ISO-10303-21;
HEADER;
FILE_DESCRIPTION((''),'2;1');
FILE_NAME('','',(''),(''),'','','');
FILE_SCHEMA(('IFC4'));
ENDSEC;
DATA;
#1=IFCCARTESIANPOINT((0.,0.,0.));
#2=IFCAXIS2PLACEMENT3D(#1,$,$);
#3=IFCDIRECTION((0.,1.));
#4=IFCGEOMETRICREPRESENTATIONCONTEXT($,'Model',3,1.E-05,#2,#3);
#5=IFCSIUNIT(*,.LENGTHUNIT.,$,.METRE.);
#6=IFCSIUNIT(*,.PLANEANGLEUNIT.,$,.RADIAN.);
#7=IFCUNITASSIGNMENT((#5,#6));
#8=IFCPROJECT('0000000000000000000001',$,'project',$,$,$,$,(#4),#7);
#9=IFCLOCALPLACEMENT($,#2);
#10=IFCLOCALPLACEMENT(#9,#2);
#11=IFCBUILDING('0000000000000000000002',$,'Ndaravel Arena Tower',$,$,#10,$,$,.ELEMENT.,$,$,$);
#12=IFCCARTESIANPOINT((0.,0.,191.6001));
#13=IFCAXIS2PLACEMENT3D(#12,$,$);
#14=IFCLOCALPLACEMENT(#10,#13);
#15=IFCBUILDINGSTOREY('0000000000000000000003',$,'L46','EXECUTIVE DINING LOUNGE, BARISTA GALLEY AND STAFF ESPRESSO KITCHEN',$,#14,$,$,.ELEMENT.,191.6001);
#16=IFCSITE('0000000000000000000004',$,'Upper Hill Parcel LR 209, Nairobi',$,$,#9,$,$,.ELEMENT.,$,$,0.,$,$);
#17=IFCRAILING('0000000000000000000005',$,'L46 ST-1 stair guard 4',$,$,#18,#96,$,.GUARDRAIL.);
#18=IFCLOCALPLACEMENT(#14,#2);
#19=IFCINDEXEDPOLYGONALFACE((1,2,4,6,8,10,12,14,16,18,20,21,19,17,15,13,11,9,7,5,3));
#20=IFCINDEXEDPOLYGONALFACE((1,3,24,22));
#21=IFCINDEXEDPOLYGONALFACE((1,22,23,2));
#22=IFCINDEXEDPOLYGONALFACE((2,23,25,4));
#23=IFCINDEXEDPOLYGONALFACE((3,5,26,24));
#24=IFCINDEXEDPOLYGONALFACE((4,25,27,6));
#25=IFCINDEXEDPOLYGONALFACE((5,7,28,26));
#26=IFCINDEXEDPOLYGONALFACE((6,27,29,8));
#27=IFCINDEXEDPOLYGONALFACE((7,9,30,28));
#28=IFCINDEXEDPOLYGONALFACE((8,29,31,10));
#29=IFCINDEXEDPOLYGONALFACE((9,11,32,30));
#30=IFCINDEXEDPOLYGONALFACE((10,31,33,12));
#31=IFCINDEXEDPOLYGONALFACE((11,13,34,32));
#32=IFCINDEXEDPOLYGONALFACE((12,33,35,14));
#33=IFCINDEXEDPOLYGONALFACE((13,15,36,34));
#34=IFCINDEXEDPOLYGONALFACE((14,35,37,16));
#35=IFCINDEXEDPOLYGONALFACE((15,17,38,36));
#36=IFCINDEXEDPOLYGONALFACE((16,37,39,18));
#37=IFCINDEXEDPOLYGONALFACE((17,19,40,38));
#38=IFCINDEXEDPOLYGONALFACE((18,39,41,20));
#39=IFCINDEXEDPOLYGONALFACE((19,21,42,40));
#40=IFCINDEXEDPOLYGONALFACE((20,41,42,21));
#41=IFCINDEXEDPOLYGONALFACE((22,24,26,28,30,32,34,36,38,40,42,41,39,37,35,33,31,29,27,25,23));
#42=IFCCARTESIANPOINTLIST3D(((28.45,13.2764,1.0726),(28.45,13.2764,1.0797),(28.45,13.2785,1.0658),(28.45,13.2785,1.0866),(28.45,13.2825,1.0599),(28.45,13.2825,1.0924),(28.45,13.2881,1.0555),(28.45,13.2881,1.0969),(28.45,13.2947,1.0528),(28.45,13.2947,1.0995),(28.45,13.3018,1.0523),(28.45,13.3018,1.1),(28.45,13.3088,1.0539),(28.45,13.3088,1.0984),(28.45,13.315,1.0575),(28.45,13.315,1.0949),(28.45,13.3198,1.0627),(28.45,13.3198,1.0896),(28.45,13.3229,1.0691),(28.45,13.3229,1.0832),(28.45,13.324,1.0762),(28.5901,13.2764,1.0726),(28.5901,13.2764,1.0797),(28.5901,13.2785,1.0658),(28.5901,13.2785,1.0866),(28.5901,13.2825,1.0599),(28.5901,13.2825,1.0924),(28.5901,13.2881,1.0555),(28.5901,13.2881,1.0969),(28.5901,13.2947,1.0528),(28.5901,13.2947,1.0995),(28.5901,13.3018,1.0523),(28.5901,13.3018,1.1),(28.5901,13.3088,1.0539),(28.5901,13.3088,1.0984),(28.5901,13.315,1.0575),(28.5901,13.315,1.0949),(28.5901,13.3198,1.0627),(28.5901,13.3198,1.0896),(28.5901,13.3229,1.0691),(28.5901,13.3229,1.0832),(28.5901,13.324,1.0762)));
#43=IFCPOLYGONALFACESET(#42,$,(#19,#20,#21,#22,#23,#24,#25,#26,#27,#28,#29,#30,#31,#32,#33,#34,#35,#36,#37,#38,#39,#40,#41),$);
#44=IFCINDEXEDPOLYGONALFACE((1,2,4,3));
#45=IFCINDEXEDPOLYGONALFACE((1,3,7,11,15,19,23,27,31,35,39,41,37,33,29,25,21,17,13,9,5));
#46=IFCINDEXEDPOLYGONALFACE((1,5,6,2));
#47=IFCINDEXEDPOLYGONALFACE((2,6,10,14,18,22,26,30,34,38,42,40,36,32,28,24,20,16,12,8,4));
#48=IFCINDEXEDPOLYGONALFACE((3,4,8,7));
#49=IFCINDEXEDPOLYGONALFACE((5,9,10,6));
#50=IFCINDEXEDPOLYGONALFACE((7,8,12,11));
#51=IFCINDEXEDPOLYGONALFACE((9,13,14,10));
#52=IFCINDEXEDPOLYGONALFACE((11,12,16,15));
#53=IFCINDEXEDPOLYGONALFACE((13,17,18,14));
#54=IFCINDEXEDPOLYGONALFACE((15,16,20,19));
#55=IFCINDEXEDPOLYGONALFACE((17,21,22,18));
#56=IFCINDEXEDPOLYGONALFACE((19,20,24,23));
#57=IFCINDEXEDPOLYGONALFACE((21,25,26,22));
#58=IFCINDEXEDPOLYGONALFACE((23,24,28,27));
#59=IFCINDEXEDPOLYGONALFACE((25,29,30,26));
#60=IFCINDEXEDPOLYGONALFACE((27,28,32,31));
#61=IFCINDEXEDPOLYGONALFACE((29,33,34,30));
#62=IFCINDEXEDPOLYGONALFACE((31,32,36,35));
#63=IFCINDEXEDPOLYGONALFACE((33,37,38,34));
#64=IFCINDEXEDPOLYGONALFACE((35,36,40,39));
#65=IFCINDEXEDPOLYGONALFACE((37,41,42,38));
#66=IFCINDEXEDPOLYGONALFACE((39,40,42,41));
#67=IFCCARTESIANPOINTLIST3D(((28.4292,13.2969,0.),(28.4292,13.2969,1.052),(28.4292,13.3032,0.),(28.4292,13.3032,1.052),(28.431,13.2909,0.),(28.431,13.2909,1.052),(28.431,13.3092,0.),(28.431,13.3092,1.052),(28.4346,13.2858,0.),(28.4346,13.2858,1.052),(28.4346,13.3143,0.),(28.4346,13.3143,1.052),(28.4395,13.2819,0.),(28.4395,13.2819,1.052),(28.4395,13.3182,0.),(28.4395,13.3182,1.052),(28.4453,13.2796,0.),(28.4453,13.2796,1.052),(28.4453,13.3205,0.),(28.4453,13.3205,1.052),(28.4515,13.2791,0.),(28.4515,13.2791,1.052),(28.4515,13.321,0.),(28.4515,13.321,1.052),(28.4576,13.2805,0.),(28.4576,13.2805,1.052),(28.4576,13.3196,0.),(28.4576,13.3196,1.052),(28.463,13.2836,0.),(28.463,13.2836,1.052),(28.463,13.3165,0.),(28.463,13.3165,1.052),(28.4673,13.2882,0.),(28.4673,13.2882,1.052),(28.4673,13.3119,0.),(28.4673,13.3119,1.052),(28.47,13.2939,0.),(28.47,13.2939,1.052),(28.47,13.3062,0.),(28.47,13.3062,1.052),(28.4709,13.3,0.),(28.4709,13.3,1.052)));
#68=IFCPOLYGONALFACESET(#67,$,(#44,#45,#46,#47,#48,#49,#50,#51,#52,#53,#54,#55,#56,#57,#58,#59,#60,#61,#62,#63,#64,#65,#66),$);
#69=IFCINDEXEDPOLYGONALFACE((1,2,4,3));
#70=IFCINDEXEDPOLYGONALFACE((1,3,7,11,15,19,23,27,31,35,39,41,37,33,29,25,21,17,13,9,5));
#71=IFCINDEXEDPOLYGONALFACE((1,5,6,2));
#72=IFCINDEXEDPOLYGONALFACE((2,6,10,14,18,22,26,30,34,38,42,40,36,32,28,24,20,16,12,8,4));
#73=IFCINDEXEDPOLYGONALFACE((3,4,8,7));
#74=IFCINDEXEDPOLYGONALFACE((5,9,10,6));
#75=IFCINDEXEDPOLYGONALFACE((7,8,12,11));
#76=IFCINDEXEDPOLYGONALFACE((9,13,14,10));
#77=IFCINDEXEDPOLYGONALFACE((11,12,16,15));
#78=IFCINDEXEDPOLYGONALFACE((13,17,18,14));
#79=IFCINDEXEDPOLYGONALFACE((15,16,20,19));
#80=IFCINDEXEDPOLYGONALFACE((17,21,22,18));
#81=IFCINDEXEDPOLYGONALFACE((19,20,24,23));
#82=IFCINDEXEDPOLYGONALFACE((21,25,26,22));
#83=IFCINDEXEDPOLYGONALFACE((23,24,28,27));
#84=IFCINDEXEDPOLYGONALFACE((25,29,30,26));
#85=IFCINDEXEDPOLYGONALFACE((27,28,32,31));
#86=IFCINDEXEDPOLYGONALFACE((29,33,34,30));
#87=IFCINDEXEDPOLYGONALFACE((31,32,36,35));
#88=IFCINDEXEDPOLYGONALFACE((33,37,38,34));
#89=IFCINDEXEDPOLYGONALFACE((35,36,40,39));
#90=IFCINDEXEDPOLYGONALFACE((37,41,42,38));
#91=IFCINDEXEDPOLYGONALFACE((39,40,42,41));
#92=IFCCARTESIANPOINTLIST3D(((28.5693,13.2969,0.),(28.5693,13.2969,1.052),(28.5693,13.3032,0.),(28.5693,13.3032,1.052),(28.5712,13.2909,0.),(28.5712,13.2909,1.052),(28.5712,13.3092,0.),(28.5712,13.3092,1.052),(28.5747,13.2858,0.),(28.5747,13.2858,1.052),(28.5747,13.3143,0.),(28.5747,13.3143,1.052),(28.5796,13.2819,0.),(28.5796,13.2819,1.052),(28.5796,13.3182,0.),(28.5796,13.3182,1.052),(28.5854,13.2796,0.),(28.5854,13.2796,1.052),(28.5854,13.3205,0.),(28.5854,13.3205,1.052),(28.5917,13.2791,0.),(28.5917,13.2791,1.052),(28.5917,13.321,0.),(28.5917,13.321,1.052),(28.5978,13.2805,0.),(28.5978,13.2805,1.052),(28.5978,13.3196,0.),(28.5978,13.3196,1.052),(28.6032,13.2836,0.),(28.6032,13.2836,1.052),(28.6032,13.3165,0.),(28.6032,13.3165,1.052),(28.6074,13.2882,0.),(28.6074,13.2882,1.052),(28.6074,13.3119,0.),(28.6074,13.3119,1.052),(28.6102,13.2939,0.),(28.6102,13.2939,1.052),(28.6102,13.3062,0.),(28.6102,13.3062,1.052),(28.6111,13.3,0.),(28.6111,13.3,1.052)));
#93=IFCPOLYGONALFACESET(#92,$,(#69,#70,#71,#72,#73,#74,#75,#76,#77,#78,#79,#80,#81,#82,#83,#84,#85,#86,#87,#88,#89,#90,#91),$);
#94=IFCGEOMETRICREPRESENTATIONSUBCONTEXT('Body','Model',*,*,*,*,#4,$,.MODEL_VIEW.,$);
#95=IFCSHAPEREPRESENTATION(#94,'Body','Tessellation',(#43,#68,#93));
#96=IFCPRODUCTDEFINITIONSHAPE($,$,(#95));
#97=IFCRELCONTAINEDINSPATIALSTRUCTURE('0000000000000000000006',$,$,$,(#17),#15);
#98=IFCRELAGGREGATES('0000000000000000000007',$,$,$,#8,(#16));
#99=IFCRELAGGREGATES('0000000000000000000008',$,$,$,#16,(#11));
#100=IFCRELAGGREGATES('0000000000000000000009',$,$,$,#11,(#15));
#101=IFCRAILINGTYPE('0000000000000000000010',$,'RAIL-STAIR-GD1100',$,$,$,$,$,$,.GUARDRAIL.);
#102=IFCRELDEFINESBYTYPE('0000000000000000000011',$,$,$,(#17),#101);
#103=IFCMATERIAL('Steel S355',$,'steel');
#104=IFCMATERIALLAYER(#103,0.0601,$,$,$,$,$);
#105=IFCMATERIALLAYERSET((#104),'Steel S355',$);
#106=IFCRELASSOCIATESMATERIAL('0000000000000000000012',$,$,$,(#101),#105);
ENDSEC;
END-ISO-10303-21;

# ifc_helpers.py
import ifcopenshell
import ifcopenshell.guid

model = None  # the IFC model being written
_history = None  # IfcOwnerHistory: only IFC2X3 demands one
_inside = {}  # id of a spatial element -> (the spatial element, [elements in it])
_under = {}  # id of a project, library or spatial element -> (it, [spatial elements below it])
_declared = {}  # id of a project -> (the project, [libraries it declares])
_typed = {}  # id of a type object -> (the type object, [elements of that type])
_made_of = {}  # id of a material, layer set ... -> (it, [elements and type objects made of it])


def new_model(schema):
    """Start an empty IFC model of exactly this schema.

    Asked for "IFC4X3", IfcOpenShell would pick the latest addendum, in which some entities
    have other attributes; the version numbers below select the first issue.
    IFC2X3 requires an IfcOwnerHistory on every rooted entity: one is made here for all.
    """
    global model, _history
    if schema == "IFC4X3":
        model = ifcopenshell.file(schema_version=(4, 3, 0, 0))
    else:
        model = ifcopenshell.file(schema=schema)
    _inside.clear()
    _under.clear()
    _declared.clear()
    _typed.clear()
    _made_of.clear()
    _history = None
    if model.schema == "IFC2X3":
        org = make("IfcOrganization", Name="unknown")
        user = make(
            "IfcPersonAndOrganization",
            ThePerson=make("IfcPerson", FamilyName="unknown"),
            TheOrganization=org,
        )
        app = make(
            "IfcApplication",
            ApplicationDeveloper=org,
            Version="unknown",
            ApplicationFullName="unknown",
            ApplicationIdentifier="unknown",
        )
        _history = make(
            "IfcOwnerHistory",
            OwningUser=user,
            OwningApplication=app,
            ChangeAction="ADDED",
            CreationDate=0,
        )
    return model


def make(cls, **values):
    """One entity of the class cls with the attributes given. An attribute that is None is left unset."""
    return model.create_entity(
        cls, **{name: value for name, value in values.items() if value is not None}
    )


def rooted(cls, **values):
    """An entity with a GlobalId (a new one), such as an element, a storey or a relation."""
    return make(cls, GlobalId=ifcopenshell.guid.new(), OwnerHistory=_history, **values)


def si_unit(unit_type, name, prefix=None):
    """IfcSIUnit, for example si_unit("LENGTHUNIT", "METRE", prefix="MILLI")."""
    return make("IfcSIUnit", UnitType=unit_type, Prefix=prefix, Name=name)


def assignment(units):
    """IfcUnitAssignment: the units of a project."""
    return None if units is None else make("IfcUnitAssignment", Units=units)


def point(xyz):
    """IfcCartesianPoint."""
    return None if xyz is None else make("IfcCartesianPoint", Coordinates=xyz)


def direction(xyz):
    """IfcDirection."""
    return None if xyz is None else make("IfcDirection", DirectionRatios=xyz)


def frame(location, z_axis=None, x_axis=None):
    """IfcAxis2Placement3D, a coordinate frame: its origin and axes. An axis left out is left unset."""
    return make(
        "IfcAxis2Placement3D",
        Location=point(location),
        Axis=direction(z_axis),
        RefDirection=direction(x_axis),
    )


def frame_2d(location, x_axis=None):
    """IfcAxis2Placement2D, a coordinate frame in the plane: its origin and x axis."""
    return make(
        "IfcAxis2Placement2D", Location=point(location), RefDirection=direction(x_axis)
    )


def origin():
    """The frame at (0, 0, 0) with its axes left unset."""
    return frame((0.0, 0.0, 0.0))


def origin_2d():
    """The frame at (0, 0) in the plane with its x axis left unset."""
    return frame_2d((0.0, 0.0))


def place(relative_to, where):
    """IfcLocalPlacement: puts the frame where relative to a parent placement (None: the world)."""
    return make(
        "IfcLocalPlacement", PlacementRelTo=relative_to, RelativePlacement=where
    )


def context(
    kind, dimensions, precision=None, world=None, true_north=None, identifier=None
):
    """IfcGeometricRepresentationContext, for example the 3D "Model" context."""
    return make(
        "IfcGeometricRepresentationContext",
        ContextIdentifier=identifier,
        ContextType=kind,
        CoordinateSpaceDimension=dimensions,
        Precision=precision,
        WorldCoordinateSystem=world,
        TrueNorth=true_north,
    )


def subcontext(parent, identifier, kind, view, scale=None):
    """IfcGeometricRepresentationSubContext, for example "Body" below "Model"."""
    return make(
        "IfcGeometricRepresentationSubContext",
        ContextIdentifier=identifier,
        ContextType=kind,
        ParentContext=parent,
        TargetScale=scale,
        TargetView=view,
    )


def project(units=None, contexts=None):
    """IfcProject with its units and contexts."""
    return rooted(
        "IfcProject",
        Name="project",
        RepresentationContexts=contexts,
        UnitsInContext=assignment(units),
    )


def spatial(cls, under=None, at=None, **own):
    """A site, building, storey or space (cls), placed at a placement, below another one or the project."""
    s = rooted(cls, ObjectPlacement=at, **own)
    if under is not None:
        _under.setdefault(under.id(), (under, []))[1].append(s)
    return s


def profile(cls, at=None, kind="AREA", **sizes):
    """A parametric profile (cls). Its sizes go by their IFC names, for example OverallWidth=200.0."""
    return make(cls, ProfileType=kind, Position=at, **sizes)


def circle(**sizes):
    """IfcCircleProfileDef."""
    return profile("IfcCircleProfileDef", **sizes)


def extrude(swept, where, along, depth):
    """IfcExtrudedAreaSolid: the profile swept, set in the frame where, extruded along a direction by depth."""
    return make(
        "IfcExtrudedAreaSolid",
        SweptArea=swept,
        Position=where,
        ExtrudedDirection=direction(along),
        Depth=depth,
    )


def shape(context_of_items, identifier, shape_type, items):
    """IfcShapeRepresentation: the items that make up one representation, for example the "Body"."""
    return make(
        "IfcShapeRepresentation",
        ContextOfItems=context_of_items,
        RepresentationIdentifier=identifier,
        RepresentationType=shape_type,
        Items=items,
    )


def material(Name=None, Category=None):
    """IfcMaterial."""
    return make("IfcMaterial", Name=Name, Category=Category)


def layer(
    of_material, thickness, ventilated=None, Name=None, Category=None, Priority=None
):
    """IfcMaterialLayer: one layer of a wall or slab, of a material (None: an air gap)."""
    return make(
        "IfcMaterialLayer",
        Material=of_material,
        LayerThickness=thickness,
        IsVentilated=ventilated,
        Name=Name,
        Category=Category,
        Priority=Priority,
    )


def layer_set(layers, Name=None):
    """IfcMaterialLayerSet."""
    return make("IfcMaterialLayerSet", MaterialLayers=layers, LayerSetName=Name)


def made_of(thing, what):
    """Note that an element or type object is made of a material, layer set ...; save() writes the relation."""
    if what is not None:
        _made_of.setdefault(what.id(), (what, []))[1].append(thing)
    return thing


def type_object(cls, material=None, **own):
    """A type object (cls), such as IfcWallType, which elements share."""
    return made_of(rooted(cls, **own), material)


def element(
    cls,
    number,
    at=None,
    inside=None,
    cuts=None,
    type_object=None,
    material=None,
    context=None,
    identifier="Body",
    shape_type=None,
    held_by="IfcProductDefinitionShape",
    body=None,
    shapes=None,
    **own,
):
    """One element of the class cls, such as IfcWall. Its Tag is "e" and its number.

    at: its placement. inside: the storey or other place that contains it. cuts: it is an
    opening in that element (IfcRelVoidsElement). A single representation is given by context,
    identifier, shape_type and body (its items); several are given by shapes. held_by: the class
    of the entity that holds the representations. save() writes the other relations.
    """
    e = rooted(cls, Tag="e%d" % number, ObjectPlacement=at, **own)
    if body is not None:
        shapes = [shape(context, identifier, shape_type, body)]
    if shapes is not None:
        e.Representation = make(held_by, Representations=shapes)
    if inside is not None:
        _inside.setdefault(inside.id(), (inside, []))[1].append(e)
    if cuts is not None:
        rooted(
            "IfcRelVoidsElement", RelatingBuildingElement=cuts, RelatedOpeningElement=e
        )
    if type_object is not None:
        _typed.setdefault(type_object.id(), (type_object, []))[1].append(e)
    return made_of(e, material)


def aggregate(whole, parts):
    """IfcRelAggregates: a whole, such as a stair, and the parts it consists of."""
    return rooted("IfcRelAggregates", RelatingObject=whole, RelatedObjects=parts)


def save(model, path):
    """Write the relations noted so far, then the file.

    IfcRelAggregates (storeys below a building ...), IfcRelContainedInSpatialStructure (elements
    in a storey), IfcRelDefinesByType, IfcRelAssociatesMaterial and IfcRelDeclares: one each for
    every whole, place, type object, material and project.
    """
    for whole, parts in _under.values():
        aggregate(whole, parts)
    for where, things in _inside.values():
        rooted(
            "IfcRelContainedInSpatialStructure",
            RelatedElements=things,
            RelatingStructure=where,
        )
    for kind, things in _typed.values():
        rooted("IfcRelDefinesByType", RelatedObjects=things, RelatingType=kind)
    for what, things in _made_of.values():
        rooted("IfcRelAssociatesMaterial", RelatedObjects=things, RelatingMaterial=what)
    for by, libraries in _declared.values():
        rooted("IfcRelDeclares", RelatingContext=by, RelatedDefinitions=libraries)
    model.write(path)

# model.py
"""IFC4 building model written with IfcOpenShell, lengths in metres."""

from ifc_helpers import new_model, si_unit, direction, frame, origin, origin_2d, place, context, subcontext, project, spatial, circle, extrude, material, layer, layer_set, type_object, element, save


model = new_model("IFC4")

# Units and contexts
model_context = context("Model", 3, precision=1e-05, world=origin(), true_north=direction((0.0, 1.0)))
body_context = subcontext(model_context, "Body", "Model", "MODEL_VIEW")
ifc_project = project(units=[si_unit("LENGTHUNIT", "METRE"), si_unit("PLANEANGLEUNIT", "RADIAN")], contexts=[model_context])

# Site, building, storey
site_placement = place(None, origin())
site = spatial("IfcSite", under=ifc_project, at=site_placement, Name="Upper Hill Parcel LR 209, Nairobi", CompositionType="ELEMENT", RefElevation=0.0)
building_placement = place(site_placement, origin())
building = spatial("IfcBuilding", under=site, at=building_placement, Name="Ndaravel Arena Tower", CompositionType="ELEMENT")
storey_placement = place(building_placement, frame((0.0, 0.0, 191.6001)))
storey = spatial("IfcBuildingStorey", under=building, at=storey_placement, Name="L46", Description="EXECUTIVE DINING LOUNGE, BARISTA GALLEY AND STAFF ESPRESSO KITCHEN", CompositionType="ELEMENT", Elevation=191.6001)

# Railing
ifc_material_1 = material(Name="Steel S355", Category="steel")
ifc_layer_1 = layer(ifc_material_1, 0.0601)
ifc_layer_set_1 = layer_set([ifc_layer_1], Name="Steel S355")
railing_type_1 = type_object("IfcRailingType", Name="RAIL-STAIR-GD1100", PredefinedType="GUARDRAIL", material=ifc_layer_set_1)
railing_1_placement = place(storey_placement, frame((28.45, 13.3, 0.0)))
element("IfcRailing", 1, at=railing_1_placement, inside=storey, type_object=railing_type_1, Name="L46 ST-1 stair guard 4", PredefinedType="GUARDRAIL", context=body_context, shape_type="SweptSolid", body=[
    extrude(circle(Radius=0.0239, at=origin_2d()), frame((0.0, 0.0, 1.0762), z_axis=(1.0, 0.0, 0.0), x_axis=(0.0, 1.0, 0.0)), (0.0, 0.0, 1.0), 0.1401),
    extrude(circle(Radius=0.021, at=origin_2d()), origin(), (0.0, 0.0, 1.0), 1.052),
    extrude(circle(Radius=0.021, at=origin_2d()), frame((0.1401, 0.0, 0.0)), (0.0, 0.0, 1.0), 1.052),
])

save(model, "model.ifc")
